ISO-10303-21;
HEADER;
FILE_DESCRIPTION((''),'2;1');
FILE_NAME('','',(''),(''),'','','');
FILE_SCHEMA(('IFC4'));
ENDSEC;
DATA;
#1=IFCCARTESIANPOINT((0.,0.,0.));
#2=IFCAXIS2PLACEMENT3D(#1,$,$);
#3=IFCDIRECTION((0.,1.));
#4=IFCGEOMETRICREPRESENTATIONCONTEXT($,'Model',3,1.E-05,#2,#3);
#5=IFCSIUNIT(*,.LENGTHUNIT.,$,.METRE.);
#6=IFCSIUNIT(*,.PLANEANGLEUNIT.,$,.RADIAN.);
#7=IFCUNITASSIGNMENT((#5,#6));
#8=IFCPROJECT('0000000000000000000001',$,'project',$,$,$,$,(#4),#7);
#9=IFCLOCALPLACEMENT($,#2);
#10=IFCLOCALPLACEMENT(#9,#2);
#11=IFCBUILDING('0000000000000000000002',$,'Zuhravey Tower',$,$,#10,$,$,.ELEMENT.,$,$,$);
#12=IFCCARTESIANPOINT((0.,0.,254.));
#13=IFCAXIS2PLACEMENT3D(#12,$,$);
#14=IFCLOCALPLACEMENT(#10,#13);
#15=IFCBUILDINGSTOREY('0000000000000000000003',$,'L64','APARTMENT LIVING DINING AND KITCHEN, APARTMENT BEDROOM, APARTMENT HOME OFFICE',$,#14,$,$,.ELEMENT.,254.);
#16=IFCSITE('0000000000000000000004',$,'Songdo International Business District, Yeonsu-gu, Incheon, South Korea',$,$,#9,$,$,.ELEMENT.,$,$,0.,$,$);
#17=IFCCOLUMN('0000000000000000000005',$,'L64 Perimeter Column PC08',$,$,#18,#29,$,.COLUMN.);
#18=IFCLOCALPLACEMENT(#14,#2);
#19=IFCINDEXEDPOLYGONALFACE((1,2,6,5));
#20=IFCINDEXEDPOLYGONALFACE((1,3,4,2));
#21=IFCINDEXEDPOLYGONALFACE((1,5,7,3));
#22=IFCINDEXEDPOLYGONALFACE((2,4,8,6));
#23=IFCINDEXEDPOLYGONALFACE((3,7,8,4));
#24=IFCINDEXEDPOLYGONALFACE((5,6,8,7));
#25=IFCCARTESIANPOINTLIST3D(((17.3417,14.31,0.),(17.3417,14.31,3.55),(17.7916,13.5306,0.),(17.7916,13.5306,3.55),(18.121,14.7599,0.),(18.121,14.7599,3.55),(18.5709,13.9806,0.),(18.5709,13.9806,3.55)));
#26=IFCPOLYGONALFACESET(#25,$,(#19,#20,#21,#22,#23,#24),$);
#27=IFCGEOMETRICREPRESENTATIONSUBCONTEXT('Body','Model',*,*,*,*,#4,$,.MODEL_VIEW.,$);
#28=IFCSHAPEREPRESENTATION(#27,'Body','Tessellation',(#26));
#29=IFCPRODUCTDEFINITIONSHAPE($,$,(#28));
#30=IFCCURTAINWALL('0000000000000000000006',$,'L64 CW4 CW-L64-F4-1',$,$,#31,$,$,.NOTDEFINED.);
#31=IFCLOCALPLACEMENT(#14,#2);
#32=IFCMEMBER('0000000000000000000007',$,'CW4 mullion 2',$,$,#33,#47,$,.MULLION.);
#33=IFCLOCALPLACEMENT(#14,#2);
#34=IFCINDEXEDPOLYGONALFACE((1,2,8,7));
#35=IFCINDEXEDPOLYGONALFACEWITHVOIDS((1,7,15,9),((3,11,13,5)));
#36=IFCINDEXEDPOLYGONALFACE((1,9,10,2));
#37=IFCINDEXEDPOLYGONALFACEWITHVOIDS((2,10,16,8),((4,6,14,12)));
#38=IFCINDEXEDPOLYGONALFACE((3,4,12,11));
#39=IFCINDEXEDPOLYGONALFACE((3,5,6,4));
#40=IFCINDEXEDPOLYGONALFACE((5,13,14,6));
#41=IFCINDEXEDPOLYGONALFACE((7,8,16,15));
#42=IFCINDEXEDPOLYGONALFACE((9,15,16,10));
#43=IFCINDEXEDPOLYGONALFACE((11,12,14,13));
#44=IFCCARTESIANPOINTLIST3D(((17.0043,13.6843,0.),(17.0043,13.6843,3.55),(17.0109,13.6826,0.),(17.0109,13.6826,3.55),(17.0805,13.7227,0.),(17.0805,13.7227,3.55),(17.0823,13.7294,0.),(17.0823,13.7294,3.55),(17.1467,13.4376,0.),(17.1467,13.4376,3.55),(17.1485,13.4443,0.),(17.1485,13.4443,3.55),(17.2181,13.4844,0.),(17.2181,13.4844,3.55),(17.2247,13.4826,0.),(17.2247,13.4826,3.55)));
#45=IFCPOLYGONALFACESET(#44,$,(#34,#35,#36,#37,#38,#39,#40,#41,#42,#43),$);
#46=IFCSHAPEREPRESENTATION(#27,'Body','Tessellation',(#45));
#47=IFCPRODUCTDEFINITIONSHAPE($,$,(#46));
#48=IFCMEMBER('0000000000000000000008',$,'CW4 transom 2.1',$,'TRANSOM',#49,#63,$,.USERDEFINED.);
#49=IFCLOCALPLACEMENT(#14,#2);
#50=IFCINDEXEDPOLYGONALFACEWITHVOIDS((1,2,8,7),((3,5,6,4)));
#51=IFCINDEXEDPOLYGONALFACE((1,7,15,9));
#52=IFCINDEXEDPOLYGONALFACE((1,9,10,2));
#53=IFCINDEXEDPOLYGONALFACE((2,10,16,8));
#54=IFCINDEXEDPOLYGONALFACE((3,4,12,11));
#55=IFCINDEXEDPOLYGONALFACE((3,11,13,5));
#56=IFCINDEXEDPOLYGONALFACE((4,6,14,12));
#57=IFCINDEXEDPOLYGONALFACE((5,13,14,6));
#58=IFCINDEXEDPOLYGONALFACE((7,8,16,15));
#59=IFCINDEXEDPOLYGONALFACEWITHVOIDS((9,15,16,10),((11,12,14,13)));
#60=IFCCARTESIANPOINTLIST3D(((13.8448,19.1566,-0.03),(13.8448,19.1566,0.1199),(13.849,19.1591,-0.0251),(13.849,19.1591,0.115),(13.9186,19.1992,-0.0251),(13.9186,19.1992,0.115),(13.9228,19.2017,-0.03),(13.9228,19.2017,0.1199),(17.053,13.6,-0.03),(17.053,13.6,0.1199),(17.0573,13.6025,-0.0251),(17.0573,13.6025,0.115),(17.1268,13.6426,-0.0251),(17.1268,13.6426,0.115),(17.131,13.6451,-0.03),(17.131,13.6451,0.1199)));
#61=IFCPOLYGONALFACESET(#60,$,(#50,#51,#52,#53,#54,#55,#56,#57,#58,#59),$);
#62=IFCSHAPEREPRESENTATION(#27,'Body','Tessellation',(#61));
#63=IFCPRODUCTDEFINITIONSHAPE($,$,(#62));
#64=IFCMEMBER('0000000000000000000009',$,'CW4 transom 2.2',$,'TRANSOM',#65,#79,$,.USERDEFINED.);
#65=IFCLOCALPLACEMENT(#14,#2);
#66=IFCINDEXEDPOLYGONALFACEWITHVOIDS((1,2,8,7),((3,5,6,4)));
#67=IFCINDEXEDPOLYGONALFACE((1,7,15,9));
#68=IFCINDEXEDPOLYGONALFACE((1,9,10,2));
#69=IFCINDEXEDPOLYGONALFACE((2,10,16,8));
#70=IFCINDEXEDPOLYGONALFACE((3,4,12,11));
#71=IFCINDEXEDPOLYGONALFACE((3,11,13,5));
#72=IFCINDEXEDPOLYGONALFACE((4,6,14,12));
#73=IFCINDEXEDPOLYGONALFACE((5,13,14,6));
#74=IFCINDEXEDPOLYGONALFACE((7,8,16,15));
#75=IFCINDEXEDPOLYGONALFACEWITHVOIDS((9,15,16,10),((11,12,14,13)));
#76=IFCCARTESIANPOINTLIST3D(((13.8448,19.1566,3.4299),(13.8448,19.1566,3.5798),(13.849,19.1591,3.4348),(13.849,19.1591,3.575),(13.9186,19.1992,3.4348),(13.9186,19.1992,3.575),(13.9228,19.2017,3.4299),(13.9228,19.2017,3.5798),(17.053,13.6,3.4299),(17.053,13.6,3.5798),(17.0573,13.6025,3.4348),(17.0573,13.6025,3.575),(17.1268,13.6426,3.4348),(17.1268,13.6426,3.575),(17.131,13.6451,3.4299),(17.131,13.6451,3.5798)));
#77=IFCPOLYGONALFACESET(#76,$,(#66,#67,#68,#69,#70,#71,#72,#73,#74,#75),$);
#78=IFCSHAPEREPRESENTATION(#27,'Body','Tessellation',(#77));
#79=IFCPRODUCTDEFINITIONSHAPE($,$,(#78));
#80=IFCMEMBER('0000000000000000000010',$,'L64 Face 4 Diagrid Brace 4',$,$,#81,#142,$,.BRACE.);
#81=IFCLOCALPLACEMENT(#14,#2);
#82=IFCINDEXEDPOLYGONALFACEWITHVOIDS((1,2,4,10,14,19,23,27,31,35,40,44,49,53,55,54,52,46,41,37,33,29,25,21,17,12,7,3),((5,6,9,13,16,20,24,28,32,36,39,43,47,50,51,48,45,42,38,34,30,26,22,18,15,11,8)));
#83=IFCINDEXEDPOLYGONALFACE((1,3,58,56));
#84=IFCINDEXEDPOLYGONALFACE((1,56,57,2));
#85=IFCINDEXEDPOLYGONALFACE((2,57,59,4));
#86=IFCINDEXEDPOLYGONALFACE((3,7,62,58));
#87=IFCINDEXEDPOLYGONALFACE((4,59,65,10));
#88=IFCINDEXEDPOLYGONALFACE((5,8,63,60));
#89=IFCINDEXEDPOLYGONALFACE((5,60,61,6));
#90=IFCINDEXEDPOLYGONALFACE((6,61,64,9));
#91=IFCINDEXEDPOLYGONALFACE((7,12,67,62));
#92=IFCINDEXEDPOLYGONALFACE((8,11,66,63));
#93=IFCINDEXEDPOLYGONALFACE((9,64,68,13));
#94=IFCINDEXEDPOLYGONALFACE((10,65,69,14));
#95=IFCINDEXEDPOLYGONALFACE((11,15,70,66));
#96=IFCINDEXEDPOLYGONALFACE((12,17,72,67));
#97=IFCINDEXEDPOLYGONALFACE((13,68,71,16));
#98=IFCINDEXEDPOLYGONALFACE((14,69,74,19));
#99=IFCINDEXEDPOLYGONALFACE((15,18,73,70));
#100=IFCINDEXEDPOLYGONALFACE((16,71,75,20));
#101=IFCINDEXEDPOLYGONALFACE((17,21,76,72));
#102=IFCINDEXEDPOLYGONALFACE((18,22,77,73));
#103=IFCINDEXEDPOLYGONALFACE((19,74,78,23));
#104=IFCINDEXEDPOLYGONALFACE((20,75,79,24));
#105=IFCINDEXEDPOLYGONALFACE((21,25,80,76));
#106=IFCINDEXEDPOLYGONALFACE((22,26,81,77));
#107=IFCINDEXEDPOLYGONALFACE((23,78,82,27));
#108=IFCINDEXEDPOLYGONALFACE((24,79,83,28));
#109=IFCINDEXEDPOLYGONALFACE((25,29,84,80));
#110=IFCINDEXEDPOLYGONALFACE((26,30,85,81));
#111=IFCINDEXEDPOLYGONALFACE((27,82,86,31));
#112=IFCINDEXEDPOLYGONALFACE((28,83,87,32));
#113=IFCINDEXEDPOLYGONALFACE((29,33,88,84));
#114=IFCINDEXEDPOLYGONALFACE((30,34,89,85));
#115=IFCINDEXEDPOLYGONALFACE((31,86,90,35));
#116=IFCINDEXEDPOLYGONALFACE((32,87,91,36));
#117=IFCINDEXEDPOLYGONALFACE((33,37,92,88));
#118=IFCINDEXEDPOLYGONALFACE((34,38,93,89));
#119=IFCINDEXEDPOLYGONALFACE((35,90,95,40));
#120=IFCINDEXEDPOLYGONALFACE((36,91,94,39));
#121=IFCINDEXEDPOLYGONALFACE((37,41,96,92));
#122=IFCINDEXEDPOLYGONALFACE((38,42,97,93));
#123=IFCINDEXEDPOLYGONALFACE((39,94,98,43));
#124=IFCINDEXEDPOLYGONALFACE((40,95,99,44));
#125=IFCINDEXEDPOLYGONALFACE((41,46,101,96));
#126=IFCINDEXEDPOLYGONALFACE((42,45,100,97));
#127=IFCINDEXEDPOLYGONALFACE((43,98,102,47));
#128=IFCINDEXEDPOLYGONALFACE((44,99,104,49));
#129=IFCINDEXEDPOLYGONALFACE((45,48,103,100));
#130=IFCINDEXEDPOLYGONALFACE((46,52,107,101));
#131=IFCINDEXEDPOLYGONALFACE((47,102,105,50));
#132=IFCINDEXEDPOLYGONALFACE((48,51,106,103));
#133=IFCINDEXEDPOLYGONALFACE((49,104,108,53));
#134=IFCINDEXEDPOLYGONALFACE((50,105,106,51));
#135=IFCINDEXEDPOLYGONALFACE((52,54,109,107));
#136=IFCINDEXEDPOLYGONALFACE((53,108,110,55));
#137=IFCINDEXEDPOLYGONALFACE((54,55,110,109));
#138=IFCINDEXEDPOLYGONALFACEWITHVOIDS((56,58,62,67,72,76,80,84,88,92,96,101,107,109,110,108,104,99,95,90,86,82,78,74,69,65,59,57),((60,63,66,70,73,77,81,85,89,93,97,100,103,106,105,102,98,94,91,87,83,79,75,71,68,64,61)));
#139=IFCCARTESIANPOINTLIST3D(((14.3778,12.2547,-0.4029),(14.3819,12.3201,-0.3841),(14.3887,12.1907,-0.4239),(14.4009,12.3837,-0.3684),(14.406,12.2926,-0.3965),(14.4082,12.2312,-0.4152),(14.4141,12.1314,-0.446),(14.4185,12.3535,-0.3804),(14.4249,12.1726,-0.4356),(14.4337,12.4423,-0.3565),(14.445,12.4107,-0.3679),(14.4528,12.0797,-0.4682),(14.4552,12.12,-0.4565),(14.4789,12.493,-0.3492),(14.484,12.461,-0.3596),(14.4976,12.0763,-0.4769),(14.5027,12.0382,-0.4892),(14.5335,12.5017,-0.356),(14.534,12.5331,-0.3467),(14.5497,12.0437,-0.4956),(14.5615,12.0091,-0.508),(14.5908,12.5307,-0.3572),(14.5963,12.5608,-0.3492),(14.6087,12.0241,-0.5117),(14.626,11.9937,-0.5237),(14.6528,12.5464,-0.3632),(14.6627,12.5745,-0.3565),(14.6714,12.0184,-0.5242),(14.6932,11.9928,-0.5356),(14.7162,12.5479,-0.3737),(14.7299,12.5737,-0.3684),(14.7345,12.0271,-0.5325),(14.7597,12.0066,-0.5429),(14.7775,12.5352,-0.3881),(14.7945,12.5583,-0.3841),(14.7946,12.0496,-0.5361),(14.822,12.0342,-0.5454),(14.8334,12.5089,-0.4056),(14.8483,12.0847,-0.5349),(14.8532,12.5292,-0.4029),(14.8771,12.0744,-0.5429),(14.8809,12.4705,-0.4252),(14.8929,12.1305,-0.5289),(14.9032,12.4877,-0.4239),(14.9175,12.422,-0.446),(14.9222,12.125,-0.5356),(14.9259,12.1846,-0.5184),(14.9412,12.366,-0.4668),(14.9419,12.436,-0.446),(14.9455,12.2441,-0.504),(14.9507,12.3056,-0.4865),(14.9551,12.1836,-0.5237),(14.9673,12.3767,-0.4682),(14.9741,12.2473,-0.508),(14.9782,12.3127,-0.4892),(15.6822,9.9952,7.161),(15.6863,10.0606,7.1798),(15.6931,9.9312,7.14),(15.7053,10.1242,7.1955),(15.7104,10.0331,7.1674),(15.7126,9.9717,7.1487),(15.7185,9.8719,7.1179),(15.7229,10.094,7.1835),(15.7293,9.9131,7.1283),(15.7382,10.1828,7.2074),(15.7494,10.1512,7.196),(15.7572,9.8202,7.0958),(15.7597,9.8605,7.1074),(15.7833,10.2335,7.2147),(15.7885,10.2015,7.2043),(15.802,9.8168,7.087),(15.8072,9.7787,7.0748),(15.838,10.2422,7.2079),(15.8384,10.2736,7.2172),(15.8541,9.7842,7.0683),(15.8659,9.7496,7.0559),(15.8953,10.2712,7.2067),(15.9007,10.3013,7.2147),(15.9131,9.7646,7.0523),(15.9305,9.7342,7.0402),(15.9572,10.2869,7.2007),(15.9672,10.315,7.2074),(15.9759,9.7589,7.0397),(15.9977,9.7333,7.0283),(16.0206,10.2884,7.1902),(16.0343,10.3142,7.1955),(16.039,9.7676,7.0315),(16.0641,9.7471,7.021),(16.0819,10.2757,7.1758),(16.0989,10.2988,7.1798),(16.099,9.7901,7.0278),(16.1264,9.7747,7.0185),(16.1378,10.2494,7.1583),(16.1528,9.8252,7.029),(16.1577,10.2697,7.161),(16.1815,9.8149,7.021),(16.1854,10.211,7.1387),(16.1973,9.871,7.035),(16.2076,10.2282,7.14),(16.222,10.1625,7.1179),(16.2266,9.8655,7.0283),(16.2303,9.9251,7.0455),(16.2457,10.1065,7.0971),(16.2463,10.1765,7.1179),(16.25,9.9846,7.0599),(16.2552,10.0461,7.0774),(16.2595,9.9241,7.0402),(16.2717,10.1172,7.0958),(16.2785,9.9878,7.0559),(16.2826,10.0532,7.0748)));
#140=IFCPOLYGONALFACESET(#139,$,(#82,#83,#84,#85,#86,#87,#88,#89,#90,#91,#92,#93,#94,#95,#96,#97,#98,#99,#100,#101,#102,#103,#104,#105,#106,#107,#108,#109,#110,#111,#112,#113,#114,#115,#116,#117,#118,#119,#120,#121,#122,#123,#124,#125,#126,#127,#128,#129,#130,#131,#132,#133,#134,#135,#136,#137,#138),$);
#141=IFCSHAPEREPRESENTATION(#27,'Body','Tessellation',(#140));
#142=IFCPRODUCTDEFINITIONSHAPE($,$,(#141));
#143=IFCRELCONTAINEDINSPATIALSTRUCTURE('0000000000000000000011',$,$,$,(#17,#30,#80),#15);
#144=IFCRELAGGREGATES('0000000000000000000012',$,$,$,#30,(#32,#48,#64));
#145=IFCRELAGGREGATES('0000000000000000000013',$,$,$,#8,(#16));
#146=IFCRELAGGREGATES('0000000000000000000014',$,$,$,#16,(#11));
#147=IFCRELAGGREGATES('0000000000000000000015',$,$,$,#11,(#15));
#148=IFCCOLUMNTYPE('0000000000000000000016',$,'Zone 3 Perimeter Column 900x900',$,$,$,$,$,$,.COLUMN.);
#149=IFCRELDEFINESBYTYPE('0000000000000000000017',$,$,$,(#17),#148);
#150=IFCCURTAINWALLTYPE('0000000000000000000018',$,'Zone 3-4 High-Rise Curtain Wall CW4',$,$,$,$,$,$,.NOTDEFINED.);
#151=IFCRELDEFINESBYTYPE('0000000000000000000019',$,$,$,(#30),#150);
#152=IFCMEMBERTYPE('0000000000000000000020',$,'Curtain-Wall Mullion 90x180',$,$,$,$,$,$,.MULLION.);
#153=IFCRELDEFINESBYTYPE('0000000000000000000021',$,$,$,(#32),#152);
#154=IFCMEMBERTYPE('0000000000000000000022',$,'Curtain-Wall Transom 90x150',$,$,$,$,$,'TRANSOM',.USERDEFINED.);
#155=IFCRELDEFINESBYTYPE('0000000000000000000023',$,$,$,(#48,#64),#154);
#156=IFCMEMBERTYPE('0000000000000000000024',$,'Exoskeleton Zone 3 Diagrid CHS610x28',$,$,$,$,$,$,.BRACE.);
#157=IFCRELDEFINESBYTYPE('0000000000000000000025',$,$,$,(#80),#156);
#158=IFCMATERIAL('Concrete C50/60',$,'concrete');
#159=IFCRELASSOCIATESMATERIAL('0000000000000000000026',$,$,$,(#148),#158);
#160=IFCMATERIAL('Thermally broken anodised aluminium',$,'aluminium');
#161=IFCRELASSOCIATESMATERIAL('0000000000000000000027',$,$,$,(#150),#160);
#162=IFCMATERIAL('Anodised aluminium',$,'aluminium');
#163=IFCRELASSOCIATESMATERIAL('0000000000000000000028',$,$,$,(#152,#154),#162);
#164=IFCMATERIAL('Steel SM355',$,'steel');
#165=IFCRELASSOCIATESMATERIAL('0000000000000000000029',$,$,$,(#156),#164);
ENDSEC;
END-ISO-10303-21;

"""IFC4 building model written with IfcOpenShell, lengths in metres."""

from ifc_helpers import new_model, si_unit, direction, frame, origin, origin_2d, place, context, subcontext, project, spatial, rectangle, hollow_rectangle, hollow_circle, extrude, material, material_profile, profile_set, type_object, element, aggregate, save


model = new_model("IFC4")

# Units and contexts
model_context = context("Model", 3, precision=1e-05, world=origin(), true_north=direction((0.0, 1.0)))
body_context = subcontext(model_context, "Body", "Model", "MODEL_VIEW")
ifc_project = project(units=[si_unit("LENGTHUNIT", "METRE"), si_unit("PLANEANGLEUNIT", "RADIAN")], contexts=[model_context])

# Site, building, storey
site_placement = place(None, origin())
site = spatial("IfcSite", under=ifc_project, at=site_placement, Name="Songdo International Business District, Yeonsu-gu, Incheon, South Korea", CompositionType="ELEMENT", RefElevation=0.0)
building_placement = place(site_placement, origin())
building = spatial("IfcBuilding", under=site, at=building_placement, Name="Zuhravey Tower", CompositionType="ELEMENT")
storey_placement = place(building_placement, frame((0.0, 0.0, 254.0)))
storey = spatial("IfcBuildingStorey", under=building, at=storey_placement, Name="L64", Description="APARTMENT LIVING DINING AND KITCHEN, APARTMENT BEDROOM, APARTMENT HOME OFFICE", CompositionType="ELEMENT", Elevation=254.0)

# Column
ifc_material_1 = material(Name="Concrete C50/60", Category="concrete")
ifc_material_profile_1 = material_profile(ifc_material_1, rectangle(XDim=0.8999, YDim=0.8999, at=origin_2d()), Name="RC-900x900")
ifc_profile_set_1 = profile_set([ifc_material_profile_1], Name="Concrete C50/60")
column_type = type_object("IfcColumnType", Name="Zone 3 Perimeter Column 900x900", PredefinedType="COLUMN", material=ifc_profile_set_1)
column_placement = place(storey_placement, frame((17.9563, 14.1453, 0.0), z_axis=(0.0, 0.0, 1.0), x_axis=(0.5, -0.866025, 0.0)))
element("IfcColumn", 1, at=column_placement, inside=storey, type_object=column_type, Name="L64 Perimeter Column PC08", PredefinedType="COLUMN", context=body_context, shape_type="SweptSolid", body=[
    extrude(rectangle(XDim=0.8999, YDim=0.8999, at=origin_2d()), origin(), (0.0, 0.0, 1.0), 3.55),
])

# Curtain wall, members
ifc_material_2 = material(Name="Thermally broken anodised aluminium", Category="aluminium")
curtain_wall_type = type_object("IfcCurtainWallType", Name="Zone 3-4 High-Rise Curtain Wall CW4", PredefinedType="NOTDEFINED", material=ifc_material_2)
curtain_wall_placement = place(storey_placement, origin())
curtain_wall = element("IfcCurtainWall", 2, at=curtain_wall_placement, inside=storey, type_object=curtain_wall_type, Name="L64 CW4 CW-L64-F4-1", PredefinedType="NOTDEFINED")
ifc_material_3 = material(Name="Anodised aluminium", Category="aluminium")
ifc_material_profile_2 = material_profile(ifc_material_3, hollow_rectangle(XDim=0.0901, YDim=0.2849, WallThickness=0.0049, at=origin_2d()), Name="ALU-RHS-90x285x5")
ifc_profile_set_2 = profile_set([ifc_material_profile_2], Name="Anodised aluminium")
member_type_1 = type_object("IfcMemberType", Name="Curtain-Wall Mullion 90x180", PredefinedType="MULLION", material=ifc_profile_set_2)
member_1_placement = place(storey_placement, frame((17.1145, 13.5835, 0.0), z_axis=(0.0, 0.0, 1.0), x_axis=(-0.866025, -0.500001, 0.0)))
member_1 = element("IfcMember", 3, at=member_1_placement, type_object=member_type_1, Name="CW4 mullion 2", PredefinedType="MULLION", context=body_context, shape_type="SweptSolid", body=[
    extrude(hollow_rectangle(XDim=0.0901, YDim=0.2849, WallThickness=0.0049, at=origin_2d()), origin(), (0.0, 0.0, 1.0), 3.55),
])
ifc_material_profile_3 = material_profile(ifc_material_3, hollow_rectangle(XDim=0.0901, YDim=0.1499, WallThickness=0.0049, at=origin_2d()), Name="ALU-RHS-90x150x5")
ifc_profile_set_3 = profile_set([ifc_material_profile_3], Name="Anodised aluminium")
member_type_2 = type_object("IfcMemberType", Name="Curtain-Wall Transom 90x150", ElementType="TRANSOM", PredefinedType="USERDEFINED", material=ifc_profile_set_3)
member_2_placement = place(storey_placement, frame((17.092, 13.6226, 0.0449), z_axis=(-0.500014, 0.866017, 0.0), x_axis=(-0.866017, -0.500014, 0.0)))
member_2 = element("IfcMember", 4, at=member_2_placement, type_object=member_type_2, Name="CW4 transom 2.1", ObjectType="TRANSOM", PredefinedType="USERDEFINED", context=body_context, shape_type="SweptSolid", body=[
    extrude(hollow_rectangle(XDim=0.0901, YDim=0.1499, WallThickness=0.0049, at=origin_2d()), origin(), (0.0, 0.0, 1.0), 6.4163),
])
member_3_placement = place(storey_placement, frame((17.092, 13.6226, 3.5049), z_axis=(-0.500014, 0.866017, 0.0), x_axis=(-0.866017, -0.500014, 0.0)))
member_3 = element("IfcMember", 5, at=member_3_placement, type_object=member_type_2, Name="CW4 transom 2.2", ObjectType="TRANSOM", PredefinedType="USERDEFINED", context=body_context, shape_type="SweptSolid", body=[
    extrude(hollow_rectangle(XDim=0.0901, YDim=0.1499, WallThickness=0.0049, at=origin_2d()), origin(), (0.0, 0.0, 1.0), 6.4163),
])

# Member
ifc_material_4 = material(Name="Steel SM355", Category="steel")
ifc_material_profile_4 = material_profile(ifc_material_4, hollow_circle(Radius=0.3047, WallThickness=0.0281, at=origin_2d()), Name="CHS-609.6x28")
ifc_profile_set_4 = profile_set([ifc_material_profile_4], Name="Steel SM355")
member_type_3 = type_object("IfcMemberType", Name="Exoskeleton Zone 3 Diagrid CHS610x28", PredefinedType="BRACE", material=ifc_profile_set_4)
member_4_placement = place(storey_placement, frame((14.678, 12.2837, -0.446), z_axis=(0.163029, -0.282395, 0.945344), x_axis=(0.866041, 0.499974, 0.0)))
element("IfcMember", 6, at=member_4_placement, inside=storey, type_object=member_type_3, Name="L64 Face 4 Diagrid Brace 4", PredefinedType="BRACE", context=body_context, shape_type="SweptSolid", body=[
    extrude(hollow_circle(Radius=0.3047, WallThickness=0.0281, at=origin_2d()), origin(), (0.0, 0.0, 1.0), 8.0012),
])

aggregate(curtain_wall, [member_1, member_2, member_3])

save(model, "model.ifc")
